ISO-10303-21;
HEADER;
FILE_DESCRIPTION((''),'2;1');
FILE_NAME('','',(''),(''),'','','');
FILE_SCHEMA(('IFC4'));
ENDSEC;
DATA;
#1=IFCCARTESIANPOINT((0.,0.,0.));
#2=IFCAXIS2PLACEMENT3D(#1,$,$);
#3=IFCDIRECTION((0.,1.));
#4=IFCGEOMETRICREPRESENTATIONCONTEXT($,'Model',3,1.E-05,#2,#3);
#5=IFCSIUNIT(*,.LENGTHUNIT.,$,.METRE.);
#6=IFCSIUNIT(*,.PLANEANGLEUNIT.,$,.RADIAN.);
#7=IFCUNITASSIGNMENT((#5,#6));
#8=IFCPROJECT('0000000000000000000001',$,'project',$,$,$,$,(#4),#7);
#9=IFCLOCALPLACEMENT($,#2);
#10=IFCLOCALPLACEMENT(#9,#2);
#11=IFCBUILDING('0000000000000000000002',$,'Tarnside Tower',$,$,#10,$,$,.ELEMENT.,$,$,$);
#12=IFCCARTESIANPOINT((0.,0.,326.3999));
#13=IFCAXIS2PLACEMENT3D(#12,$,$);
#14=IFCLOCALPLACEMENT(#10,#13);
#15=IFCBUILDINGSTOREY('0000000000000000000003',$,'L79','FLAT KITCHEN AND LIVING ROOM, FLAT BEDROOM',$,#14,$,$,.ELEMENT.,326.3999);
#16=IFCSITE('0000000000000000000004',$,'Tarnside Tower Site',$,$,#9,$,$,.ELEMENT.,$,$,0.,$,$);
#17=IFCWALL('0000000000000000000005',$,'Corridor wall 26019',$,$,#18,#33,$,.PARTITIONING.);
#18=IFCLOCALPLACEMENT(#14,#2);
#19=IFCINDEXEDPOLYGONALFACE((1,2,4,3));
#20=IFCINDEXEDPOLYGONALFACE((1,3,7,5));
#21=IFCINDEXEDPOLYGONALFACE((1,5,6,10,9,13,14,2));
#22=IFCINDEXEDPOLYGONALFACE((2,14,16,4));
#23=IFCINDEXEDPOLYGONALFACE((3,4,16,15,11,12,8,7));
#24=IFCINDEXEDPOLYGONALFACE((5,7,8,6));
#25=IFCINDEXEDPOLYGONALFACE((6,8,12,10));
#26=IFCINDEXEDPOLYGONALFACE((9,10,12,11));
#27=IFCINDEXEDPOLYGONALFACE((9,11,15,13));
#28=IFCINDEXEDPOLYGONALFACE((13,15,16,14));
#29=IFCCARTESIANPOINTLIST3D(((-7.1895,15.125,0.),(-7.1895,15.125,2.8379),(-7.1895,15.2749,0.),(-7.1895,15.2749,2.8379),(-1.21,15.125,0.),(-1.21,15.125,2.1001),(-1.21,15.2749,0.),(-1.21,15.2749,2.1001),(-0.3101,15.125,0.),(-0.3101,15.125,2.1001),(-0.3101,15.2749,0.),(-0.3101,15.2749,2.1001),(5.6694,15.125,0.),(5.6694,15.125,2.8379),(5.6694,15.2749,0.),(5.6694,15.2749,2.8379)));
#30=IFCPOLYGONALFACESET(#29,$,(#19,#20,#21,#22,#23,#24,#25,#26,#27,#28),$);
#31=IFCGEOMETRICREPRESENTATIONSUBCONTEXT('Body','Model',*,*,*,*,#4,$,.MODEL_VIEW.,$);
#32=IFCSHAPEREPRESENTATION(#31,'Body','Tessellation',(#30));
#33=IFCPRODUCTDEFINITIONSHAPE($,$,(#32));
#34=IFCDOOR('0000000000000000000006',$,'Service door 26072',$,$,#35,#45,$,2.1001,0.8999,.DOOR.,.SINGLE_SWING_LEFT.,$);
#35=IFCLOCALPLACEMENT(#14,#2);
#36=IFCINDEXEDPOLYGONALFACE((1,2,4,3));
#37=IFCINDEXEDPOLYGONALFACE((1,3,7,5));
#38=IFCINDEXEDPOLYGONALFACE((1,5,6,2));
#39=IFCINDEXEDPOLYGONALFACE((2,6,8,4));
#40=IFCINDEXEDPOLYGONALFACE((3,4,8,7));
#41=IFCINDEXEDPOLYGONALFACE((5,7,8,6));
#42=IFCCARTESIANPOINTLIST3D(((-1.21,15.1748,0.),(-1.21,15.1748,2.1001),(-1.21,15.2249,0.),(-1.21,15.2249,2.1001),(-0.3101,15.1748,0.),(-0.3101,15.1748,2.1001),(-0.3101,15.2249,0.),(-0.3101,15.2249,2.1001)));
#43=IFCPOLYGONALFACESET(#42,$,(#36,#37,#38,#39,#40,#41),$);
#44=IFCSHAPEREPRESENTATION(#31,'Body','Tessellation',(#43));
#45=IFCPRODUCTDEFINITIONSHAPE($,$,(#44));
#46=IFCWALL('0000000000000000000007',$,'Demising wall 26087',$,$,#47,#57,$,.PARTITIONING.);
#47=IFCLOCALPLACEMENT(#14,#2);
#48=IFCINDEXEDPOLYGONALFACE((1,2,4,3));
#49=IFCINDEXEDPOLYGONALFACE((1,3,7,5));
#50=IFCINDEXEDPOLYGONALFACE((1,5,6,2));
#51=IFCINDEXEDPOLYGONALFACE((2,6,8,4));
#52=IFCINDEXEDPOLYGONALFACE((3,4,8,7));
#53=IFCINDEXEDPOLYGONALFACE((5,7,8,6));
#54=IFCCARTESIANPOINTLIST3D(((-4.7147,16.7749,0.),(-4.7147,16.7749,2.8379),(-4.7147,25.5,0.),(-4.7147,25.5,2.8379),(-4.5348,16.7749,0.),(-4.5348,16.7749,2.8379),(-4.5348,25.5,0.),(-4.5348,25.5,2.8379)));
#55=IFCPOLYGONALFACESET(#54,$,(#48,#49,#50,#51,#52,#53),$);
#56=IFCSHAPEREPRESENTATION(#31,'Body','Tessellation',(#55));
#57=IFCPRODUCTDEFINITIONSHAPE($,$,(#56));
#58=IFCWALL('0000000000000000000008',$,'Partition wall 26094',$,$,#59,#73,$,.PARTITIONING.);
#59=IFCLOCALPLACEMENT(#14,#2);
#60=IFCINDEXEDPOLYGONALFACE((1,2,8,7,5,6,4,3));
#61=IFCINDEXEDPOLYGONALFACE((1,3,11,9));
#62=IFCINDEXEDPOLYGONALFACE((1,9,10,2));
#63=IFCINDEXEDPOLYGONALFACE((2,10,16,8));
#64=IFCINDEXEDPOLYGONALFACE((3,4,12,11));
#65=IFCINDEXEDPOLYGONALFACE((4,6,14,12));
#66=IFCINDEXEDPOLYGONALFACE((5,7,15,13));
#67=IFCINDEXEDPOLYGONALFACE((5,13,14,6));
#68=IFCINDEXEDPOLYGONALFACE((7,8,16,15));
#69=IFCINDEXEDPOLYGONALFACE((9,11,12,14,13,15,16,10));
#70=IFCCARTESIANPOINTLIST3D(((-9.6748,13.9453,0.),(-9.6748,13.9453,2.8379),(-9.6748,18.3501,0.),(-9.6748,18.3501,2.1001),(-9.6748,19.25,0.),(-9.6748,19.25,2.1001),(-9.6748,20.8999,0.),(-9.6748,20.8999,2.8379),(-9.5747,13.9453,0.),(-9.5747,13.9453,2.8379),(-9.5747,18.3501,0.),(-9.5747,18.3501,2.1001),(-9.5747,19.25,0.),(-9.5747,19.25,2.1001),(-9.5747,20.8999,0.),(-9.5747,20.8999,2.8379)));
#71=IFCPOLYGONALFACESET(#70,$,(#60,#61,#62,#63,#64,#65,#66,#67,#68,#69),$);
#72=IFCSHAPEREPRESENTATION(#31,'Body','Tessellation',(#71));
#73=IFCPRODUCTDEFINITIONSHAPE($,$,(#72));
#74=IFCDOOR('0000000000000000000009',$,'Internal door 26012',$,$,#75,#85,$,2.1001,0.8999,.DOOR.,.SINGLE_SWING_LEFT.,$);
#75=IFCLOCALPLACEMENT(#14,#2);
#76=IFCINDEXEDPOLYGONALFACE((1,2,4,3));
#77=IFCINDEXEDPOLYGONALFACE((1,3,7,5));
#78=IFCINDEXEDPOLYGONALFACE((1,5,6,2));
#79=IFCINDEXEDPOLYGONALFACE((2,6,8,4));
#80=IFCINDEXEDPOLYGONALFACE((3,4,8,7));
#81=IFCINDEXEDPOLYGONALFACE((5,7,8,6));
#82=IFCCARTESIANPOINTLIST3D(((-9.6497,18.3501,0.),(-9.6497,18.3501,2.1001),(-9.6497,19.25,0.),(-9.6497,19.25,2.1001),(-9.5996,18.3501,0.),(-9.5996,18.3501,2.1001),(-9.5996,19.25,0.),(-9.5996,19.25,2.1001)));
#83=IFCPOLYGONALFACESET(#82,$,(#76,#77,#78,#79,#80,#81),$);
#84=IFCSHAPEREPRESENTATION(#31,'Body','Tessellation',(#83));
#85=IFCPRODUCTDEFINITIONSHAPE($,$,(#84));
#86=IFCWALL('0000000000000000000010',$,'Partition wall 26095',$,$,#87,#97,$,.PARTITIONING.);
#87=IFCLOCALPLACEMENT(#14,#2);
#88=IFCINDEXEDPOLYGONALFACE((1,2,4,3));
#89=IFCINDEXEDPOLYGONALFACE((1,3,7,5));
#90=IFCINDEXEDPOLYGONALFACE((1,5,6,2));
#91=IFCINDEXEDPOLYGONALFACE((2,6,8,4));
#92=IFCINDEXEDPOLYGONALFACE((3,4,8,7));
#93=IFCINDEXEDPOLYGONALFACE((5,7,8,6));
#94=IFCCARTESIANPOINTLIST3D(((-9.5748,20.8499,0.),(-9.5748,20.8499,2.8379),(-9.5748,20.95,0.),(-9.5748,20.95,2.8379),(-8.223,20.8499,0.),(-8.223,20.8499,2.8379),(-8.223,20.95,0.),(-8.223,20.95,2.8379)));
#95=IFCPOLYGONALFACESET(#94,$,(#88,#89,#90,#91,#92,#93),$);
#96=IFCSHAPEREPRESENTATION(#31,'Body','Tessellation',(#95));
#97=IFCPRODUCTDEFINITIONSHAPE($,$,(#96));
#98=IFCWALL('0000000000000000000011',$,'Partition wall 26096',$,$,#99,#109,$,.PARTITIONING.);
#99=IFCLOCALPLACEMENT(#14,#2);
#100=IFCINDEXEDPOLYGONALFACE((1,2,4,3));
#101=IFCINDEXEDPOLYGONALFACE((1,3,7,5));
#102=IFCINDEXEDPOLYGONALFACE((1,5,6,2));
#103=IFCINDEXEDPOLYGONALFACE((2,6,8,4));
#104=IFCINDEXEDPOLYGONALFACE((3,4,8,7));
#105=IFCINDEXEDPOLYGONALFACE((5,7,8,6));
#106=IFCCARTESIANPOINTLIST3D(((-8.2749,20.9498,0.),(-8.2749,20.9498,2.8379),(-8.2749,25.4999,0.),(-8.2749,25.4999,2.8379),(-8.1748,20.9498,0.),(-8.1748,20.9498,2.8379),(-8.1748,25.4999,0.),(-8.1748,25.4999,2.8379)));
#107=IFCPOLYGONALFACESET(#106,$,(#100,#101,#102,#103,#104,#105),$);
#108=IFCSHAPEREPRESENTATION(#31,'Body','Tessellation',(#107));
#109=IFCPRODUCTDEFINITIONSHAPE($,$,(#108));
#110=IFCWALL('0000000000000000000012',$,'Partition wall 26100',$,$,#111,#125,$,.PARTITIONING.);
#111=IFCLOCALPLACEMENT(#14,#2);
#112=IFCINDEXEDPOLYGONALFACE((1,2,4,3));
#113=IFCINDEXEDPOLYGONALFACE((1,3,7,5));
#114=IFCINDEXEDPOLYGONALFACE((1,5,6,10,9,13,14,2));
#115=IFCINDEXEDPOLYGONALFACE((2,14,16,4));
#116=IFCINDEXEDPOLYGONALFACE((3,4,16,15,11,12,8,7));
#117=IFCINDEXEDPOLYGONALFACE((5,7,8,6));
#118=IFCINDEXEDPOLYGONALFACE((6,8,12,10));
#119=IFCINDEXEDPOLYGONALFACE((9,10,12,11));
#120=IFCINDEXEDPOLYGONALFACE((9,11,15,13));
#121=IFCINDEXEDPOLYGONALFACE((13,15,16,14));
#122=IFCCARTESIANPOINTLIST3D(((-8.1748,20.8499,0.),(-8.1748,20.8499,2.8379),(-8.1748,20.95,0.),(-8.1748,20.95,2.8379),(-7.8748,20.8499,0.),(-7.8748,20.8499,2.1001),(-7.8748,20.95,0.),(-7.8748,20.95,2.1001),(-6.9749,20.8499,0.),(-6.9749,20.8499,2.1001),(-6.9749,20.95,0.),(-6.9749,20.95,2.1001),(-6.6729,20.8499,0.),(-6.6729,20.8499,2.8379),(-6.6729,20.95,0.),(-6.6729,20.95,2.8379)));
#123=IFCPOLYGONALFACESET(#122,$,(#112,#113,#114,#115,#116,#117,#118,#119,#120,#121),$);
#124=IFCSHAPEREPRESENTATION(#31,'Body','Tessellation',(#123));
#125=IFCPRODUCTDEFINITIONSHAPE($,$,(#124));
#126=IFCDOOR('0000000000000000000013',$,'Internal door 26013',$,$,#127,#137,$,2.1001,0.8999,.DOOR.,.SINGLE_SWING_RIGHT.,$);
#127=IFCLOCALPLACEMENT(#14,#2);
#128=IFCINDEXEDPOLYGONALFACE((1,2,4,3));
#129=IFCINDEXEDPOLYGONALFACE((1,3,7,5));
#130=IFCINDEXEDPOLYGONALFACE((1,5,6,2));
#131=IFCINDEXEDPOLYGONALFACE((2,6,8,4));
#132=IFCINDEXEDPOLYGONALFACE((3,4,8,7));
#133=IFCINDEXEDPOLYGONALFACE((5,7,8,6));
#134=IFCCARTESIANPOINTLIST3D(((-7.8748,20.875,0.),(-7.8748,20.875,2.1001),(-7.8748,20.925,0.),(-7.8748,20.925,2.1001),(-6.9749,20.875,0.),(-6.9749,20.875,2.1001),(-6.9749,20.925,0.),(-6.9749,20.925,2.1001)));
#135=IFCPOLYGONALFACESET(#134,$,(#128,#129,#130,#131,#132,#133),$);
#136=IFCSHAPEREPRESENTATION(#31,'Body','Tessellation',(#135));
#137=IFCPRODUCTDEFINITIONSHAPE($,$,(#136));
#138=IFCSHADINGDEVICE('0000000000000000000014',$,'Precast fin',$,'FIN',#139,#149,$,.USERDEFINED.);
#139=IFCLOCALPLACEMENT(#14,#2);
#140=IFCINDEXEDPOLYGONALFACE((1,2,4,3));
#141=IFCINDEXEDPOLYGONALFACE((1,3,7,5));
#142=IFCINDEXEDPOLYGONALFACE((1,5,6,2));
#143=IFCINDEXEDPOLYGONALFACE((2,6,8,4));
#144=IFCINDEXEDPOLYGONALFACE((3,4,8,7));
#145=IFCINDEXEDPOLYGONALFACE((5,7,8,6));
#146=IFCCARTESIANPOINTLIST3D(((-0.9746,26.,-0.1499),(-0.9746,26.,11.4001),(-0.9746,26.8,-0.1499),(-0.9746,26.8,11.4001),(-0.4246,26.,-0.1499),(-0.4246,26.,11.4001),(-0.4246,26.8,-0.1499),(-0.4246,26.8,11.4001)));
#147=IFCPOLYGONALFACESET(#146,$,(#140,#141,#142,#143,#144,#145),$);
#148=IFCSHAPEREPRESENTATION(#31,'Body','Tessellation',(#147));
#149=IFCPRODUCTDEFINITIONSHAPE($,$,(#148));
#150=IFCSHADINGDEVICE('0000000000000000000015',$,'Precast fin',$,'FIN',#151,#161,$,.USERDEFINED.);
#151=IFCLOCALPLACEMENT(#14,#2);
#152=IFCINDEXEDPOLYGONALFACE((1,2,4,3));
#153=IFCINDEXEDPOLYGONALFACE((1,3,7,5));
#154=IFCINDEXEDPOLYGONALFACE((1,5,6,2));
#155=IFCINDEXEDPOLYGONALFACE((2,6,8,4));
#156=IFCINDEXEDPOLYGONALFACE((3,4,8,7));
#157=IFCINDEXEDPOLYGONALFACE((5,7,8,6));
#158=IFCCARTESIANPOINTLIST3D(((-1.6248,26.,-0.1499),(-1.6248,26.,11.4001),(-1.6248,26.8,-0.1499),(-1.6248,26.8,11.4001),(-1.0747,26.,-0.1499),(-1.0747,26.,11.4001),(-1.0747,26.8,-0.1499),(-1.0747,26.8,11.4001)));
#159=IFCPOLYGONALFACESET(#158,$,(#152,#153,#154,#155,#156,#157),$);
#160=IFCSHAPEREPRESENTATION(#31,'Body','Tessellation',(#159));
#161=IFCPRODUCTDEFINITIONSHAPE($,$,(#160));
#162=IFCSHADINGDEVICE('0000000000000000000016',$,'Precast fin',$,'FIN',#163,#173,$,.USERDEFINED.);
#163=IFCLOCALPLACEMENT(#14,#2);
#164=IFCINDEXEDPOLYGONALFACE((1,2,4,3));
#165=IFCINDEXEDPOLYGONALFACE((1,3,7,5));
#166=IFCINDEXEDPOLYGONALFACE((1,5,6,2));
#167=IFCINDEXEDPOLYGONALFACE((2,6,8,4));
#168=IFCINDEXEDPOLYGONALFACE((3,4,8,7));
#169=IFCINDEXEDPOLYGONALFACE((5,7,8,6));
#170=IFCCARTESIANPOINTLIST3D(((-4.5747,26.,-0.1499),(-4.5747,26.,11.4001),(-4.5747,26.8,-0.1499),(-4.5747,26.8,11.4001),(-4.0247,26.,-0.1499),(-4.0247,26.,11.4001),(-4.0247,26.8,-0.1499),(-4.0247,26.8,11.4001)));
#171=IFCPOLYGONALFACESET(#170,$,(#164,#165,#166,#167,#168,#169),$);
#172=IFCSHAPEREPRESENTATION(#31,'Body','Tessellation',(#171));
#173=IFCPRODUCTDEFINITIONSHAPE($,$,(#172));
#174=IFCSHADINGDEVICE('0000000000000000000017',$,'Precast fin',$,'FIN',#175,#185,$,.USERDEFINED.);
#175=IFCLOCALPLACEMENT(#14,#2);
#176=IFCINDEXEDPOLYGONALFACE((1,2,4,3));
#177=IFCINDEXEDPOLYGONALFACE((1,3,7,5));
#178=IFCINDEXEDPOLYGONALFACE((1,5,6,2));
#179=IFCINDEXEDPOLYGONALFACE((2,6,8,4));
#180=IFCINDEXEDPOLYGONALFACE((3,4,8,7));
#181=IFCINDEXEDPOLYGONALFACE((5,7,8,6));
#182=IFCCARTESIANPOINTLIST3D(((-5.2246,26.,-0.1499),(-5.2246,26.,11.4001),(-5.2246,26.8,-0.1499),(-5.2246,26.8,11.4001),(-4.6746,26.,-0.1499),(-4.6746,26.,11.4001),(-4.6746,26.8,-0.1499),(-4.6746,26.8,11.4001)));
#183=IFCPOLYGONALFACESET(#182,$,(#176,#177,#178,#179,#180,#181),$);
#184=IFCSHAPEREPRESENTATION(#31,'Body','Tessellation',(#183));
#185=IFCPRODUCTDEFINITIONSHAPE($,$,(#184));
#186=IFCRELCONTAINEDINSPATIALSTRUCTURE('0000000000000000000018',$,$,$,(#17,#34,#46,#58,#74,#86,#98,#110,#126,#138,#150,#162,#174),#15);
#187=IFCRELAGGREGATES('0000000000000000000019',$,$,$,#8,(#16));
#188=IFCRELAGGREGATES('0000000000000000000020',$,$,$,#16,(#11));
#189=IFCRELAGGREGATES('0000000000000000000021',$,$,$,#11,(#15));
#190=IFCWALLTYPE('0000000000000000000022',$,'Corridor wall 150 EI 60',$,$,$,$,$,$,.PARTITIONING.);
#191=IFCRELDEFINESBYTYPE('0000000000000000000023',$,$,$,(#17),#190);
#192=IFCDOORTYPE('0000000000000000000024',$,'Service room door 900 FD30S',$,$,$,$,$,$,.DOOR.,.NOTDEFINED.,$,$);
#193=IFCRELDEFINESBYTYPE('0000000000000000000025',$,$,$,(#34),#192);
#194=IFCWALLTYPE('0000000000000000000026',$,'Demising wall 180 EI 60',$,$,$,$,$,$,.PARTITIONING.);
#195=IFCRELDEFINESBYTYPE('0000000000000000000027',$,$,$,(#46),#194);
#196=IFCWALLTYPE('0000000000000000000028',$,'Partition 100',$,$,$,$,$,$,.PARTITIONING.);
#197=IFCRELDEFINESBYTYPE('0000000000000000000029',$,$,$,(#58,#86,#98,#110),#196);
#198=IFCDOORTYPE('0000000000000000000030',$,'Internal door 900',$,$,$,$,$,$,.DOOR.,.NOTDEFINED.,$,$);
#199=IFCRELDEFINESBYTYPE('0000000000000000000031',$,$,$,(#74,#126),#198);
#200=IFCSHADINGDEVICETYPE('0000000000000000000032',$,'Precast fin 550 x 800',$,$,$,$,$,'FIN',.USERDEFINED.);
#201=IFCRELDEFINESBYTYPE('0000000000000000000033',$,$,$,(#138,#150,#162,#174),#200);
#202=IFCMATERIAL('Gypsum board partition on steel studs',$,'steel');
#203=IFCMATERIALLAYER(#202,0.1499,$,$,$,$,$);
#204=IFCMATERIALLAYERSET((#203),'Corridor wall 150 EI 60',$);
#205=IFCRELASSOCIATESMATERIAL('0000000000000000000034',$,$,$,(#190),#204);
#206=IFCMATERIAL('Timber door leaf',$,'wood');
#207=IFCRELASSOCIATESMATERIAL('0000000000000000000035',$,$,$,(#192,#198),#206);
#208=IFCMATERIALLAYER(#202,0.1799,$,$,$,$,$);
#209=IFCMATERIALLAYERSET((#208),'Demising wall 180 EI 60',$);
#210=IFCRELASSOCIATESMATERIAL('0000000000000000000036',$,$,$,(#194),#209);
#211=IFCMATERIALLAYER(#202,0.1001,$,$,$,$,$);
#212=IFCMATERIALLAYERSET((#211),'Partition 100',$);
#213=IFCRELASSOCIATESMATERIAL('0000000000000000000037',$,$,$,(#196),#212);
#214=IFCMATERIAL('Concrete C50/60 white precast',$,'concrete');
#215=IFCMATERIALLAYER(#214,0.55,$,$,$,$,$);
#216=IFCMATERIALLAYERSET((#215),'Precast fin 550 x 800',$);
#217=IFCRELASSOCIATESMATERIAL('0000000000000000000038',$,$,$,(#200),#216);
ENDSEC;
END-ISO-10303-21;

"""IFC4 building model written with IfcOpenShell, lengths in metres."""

from ifc_helpers import new_model, si_unit, direction, frame, frame_2d, origin, place, context, subcontext, project, spatial, polyline, rectangle, outline, extrude, material, layer, layer_set, type_object, element, fill, save


model = new_model("IFC4")

# Units and contexts
model_context = context("Model", 3, precision=1e-05, world=origin(), true_north=direction((0.0, 1.0)))
body_context = subcontext(model_context, "Body", "Model", "MODEL_VIEW")
ifc_project = project(units=[si_unit("LENGTHUNIT", "METRE"), si_unit("PLANEANGLEUNIT", "RADIAN")], contexts=[model_context])

# Site, building, storey
site_placement = place(None, origin())
site = spatial("IfcSite", under=ifc_project, at=site_placement, Name="Tarnside Tower Site", CompositionType="ELEMENT", RefElevation=0.0)
building_placement = place(site_placement, origin())
building = spatial("IfcBuilding", under=site, at=building_placement, Name="Tarnside Tower", CompositionType="ELEMENT")
storey_placement = place(building_placement, frame((0.0, 0.0, 326.3999)))
storey = spatial("IfcBuildingStorey", under=building, at=storey_placement, Name="L79", Description="FLAT KITCHEN AND LIVING ROOM, FLAT BEDROOM", CompositionType="ELEMENT", Elevation=326.3999)

# Shared definitions
ifc_material_1 = material(Name="Gypsum board partition on steel studs", Category="steel")
ifc_material_2 = material(Name="Timber door leaf", Category="wood")

# Wall, opening, door
ifc_layer_1 = layer(ifc_material_1, 0.1499)
ifc_layer_set_1 = layer_set([ifc_layer_1], Name="Corridor wall 150 EI 60")
wall_type_1 = type_object("IfcWallType", Name="Corridor wall 150 EI 60", PredefinedType="PARTITIONING", material=ifc_layer_set_1)
wall_1_placement = place(storey_placement, frame((-7.1895, 15.2, 0.0), z_axis=(0.0, 0.0, 1.0), x_axis=(1.0, 0.0, 0.0)))
wall_1 = element("IfcWall", 1, at=wall_1_placement, inside=storey, type_object=wall_type_1, Name="Corridor wall 26019", PredefinedType="PARTITIONING", context=body_context, shape_type="SweptSolid", body=[
    extrude(rectangle(XDim=12.8589, YDim=0.1499, at=frame_2d((6.4294, 0.0))), origin(), (0.0, 0.0, 1.0), 2.8379),
])
opening_1_placement = place(wall_1_placement, frame((5.9795, 0.0, 0.0)))
opening_1 = element("IfcOpeningElement", 2, at=opening_1_placement, cuts=wall_1, PredefinedType="OPENING", context=body_context, shape_type="SweptSolid", body=[
    extrude(rectangle(XDim=0.8999, YDim=2.1001, at=frame_2d((0.45, 1.05))), frame((0.0, 0.085, 0.0), z_axis=(0.0, -1.0, 0.0), x_axis=(1.0, 0.0, 0.0)), (0.0, 0.0, 1.0), 0.1699),
])
door_type_1 = type_object("IfcDoorType", Name="Service room door 900 FD30S", OperationType="NOTDEFINED", PredefinedType="DOOR", material=ifc_material_2)
door_1_placement = place(opening_1_placement, origin())
door_1 = element("IfcDoor", 3, at=door_1_placement, inside=storey, type_object=door_type_1, Name="Service door 26072", OperationType="SINGLE_SWING_LEFT", OverallHeight=2.1001, OverallWidth=0.8999, PredefinedType="DOOR", context=body_context, shape_type="SweptSolid", body=[
    extrude(rectangle(XDim=0.8999, YDim=2.1001, at=frame_2d((0.45, 1.05))), frame((0.0, 0.0249, 0.0), z_axis=(0.0, -1.0, 0.0), x_axis=(1.0, 0.0, 0.0)), (0.0, 0.0, 1.0), 0.05),
])
fill(opening_1, door_1)

# Wall
ifc_layer_2 = layer(ifc_material_1, 0.1799)
ifc_layer_set_2 = layer_set([ifc_layer_2], Name="Demising wall 180 EI 60")
wall_type_2 = type_object("IfcWallType", Name="Demising wall 180 EI 60", PredefinedType="PARTITIONING", material=ifc_layer_set_2)
wall_2_placement = place(storey_placement, frame((-4.6248, 25.5, 0.0), z_axis=(0.0, 0.0, 1.0), x_axis=(0.0, -1.0, 0.0)))
element("IfcWall", 4, at=wall_2_placement, inside=storey, type_object=wall_type_2, Name="Demising wall 26087", PredefinedType="PARTITIONING", context=body_context, shape_type="SweptSolid", body=[
    extrude(rectangle(XDim=8.7251, YDim=0.1799, at=frame_2d((4.3625, 0.0))), origin(), (0.0, 0.0, 1.0), 2.8379),
])

# Wall, opening, door
ifc_layer_3 = layer(ifc_material_1, 0.1001)
ifc_layer_set_3 = layer_set([ifc_layer_3], Name="Partition 100")
wall_type_3 = type_object("IfcWallType", Name="Partition 100", PredefinedType="PARTITIONING", material=ifc_layer_set_3)
wall_3_placement = place(storey_placement, frame((-9.6248, 13.9453, 0.0), z_axis=(0.0, 0.0, 1.0), x_axis=(0.0, 1.0, 0.0)))
wall_3 = element("IfcWall", 5, at=wall_3_placement, inside=storey, type_object=wall_type_3, Name="Partition wall 26094", PredefinedType="PARTITIONING", context=body_context, shape_type="SweptSolid", body=[
    extrude(rectangle(XDim=6.9546, YDim=0.1001, at=frame_2d((3.4773, 0.0))), origin(), (0.0, 0.0, 1.0), 2.8379),
])
opening_2_placement = place(wall_3_placement, frame((4.4048, 0.0, 0.0)))
opening_2 = element("IfcOpeningElement", 6, at=opening_2_placement, cuts=wall_3, PredefinedType="OPENING", context=body_context, shape_type="SweptSolid", body=[
    extrude(rectangle(XDim=0.8999, YDim=2.1001, at=frame_2d((0.45, 1.05))), frame((0.0, 0.0601, 0.0), z_axis=(0.0, -1.0, 0.0), x_axis=(1.0, 0.0, 0.0)), (0.0, 0.0, 1.0), 0.1201),
])
door_type_2 = type_object("IfcDoorType", Name="Internal door 900", OperationType="NOTDEFINED", PredefinedType="DOOR", material=ifc_material_2)
door_2_placement = place(opening_2_placement, origin())
door_2 = element("IfcDoor", 7, at=door_2_placement, inside=storey, type_object=door_type_2, Name="Internal door 26012", OperationType="SINGLE_SWING_LEFT", OverallHeight=2.1001, OverallWidth=0.8999, PredefinedType="DOOR", context=body_context, shape_type="SweptSolid", body=[
    extrude(rectangle(XDim=0.8999, YDim=2.1001, at=frame_2d((0.45, 1.05))), frame((0.0, 0.0249, 0.0), z_axis=(0.0, -1.0, 0.0), x_axis=(1.0, 0.0, 0.0)), (0.0, 0.0, 1.0), 0.05),
])
fill(opening_2, door_2)

# Walls
wall_4_placement = place(storey_placement, frame((-9.5747, 20.8999, 0.0), z_axis=(0.0, 0.0, 1.0), x_axis=(1.0, 0.0, 0.0)))
element("IfcWall", 8, at=wall_4_placement, inside=storey, type_object=wall_type_3, Name="Partition wall 26095", PredefinedType="PARTITIONING", context=body_context, shape_type="SweptSolid", body=[
    extrude(rectangle(XDim=1.3518, YDim=0.1001, at=frame_2d((0.6758, 0.0))), origin(), (0.0, 0.0, 1.0), 2.8379),
])
wall_5_placement = place(storey_placement, frame((-8.2249, 20.95, 0.0), z_axis=(0.0, 0.0, 1.0), x_axis=(0.0, 1.0, 0.0)))
element("IfcWall", 9, at=wall_5_placement, inside=storey, type_object=wall_type_3, Name="Partition wall 26096", PredefinedType="PARTITIONING", context=body_context, shape_type="SweptSolid", body=[
    extrude(rectangle(XDim=4.55, YDim=0.1001, at=frame_2d((2.2749, 0.0))), origin(), (0.0, 0.0, 1.0), 2.8379),
])

# Wall, opening, door
wall_6_placement = place(storey_placement, frame((-6.6729, 20.8999, 0.0), z_axis=(0.0, 0.0, 1.0), x_axis=(-1.0, 0.0, 0.0)))
wall_6 = element("IfcWall", 10, at=wall_6_placement, inside=storey, type_object=wall_type_3, Name="Partition wall 26100", PredefinedType="PARTITIONING", context=body_context, shape_type="SweptSolid", body=[
    extrude(rectangle(XDim=1.502, YDim=0.1001, at=frame_2d((0.751, 0.0))), origin(), (0.0, 0.0, 1.0), 2.8379),
])
opening_3_placement = place(wall_6_placement, frame((0.302, 0.0, 0.0)))
opening_3 = element("IfcOpeningElement", 11, at=opening_3_placement, cuts=wall_6, PredefinedType="OPENING", context=body_context, shape_type="SweptSolid", body=[
    extrude(rectangle(XDim=0.8999, YDim=2.1001, at=frame_2d((0.45, 1.05))), frame((0.0, 0.0601, 0.0), z_axis=(0.0, -1.0, 0.0), x_axis=(1.0, 0.0, 0.0)), (0.0, 0.0, 1.0), 0.1201),
])
door_3_placement = place(opening_3_placement, origin())
door_3 = element("IfcDoor", 12, at=door_3_placement, inside=storey, type_object=door_type_2, Name="Internal door 26013", OperationType="SINGLE_SWING_RIGHT", OverallHeight=2.1001, OverallWidth=0.8999, PredefinedType="DOOR", context=body_context, shape_type="SweptSolid", body=[
    extrude(rectangle(XDim=0.8999, YDim=2.1001, at=frame_2d((0.45, 1.05))), frame((0.0, 0.0249, 0.0), z_axis=(0.0, -1.0, 0.0), x_axis=(1.0, 0.0, 0.0)), (0.0, 0.0, 1.0), 0.05),
])
fill(opening_3, door_3)

# Shading devices
ifc_material_3 = material(Name="Concrete C50/60 white precast", Category="concrete")
ifc_layer_4 = layer(ifc_material_3, 0.55)
ifc_layer_set_4 = layer_set([ifc_layer_4], Name="Precast fin 550 x 800")
shading_device_type = type_object("IfcShadingDeviceType", Name="Precast fin 550 x 800", ElementType="FIN", PredefinedType="USERDEFINED", material=ifc_layer_set_4)
for number, where, z_axis, x_axis, name in (
    (13, (-0.6997, 26.0, -0.1499), (1.0, 0.0, 0.0), (0.0, 1.0, 0.0), "Precast fin"),
    (14, (-1.3499, 26.0, -0.1499), (1.0, 0.0, 0.0), (0.0, 1.0, 0.0), "Precast fin"),
    (15, (-4.2998, 26.0, -0.1499), (1.0, 0.0, 0.0), (0.0, 1.0, 0.0), "Precast fin"),
    (16, (-4.9497, 26.0, -0.1499), (1.0, 0.0, 0.0), (0.0, 1.0, 0.0), "Precast fin"),
):
    element("IfcShadingDevice", number, at=place(storey_placement, frame(where, z_axis=z_axis, x_axis=x_axis)), inside=storey, type_object=shading_device_type, Name=name, ObjectType="FIN", PredefinedType="USERDEFINED", context=body_context, shape_type="SweptSolid", body=[
        extrude(outline(polyline([(0.0, 0.0), (0.8, 0.0), (0.8, 11.55), (0.0, 11.55), (0.0, 0.0)])), frame((0.0, 0.0, -0.2749)), (0.0, 0.0, 1.0), 0.55),
    ])

save(model, "model.ifc")
